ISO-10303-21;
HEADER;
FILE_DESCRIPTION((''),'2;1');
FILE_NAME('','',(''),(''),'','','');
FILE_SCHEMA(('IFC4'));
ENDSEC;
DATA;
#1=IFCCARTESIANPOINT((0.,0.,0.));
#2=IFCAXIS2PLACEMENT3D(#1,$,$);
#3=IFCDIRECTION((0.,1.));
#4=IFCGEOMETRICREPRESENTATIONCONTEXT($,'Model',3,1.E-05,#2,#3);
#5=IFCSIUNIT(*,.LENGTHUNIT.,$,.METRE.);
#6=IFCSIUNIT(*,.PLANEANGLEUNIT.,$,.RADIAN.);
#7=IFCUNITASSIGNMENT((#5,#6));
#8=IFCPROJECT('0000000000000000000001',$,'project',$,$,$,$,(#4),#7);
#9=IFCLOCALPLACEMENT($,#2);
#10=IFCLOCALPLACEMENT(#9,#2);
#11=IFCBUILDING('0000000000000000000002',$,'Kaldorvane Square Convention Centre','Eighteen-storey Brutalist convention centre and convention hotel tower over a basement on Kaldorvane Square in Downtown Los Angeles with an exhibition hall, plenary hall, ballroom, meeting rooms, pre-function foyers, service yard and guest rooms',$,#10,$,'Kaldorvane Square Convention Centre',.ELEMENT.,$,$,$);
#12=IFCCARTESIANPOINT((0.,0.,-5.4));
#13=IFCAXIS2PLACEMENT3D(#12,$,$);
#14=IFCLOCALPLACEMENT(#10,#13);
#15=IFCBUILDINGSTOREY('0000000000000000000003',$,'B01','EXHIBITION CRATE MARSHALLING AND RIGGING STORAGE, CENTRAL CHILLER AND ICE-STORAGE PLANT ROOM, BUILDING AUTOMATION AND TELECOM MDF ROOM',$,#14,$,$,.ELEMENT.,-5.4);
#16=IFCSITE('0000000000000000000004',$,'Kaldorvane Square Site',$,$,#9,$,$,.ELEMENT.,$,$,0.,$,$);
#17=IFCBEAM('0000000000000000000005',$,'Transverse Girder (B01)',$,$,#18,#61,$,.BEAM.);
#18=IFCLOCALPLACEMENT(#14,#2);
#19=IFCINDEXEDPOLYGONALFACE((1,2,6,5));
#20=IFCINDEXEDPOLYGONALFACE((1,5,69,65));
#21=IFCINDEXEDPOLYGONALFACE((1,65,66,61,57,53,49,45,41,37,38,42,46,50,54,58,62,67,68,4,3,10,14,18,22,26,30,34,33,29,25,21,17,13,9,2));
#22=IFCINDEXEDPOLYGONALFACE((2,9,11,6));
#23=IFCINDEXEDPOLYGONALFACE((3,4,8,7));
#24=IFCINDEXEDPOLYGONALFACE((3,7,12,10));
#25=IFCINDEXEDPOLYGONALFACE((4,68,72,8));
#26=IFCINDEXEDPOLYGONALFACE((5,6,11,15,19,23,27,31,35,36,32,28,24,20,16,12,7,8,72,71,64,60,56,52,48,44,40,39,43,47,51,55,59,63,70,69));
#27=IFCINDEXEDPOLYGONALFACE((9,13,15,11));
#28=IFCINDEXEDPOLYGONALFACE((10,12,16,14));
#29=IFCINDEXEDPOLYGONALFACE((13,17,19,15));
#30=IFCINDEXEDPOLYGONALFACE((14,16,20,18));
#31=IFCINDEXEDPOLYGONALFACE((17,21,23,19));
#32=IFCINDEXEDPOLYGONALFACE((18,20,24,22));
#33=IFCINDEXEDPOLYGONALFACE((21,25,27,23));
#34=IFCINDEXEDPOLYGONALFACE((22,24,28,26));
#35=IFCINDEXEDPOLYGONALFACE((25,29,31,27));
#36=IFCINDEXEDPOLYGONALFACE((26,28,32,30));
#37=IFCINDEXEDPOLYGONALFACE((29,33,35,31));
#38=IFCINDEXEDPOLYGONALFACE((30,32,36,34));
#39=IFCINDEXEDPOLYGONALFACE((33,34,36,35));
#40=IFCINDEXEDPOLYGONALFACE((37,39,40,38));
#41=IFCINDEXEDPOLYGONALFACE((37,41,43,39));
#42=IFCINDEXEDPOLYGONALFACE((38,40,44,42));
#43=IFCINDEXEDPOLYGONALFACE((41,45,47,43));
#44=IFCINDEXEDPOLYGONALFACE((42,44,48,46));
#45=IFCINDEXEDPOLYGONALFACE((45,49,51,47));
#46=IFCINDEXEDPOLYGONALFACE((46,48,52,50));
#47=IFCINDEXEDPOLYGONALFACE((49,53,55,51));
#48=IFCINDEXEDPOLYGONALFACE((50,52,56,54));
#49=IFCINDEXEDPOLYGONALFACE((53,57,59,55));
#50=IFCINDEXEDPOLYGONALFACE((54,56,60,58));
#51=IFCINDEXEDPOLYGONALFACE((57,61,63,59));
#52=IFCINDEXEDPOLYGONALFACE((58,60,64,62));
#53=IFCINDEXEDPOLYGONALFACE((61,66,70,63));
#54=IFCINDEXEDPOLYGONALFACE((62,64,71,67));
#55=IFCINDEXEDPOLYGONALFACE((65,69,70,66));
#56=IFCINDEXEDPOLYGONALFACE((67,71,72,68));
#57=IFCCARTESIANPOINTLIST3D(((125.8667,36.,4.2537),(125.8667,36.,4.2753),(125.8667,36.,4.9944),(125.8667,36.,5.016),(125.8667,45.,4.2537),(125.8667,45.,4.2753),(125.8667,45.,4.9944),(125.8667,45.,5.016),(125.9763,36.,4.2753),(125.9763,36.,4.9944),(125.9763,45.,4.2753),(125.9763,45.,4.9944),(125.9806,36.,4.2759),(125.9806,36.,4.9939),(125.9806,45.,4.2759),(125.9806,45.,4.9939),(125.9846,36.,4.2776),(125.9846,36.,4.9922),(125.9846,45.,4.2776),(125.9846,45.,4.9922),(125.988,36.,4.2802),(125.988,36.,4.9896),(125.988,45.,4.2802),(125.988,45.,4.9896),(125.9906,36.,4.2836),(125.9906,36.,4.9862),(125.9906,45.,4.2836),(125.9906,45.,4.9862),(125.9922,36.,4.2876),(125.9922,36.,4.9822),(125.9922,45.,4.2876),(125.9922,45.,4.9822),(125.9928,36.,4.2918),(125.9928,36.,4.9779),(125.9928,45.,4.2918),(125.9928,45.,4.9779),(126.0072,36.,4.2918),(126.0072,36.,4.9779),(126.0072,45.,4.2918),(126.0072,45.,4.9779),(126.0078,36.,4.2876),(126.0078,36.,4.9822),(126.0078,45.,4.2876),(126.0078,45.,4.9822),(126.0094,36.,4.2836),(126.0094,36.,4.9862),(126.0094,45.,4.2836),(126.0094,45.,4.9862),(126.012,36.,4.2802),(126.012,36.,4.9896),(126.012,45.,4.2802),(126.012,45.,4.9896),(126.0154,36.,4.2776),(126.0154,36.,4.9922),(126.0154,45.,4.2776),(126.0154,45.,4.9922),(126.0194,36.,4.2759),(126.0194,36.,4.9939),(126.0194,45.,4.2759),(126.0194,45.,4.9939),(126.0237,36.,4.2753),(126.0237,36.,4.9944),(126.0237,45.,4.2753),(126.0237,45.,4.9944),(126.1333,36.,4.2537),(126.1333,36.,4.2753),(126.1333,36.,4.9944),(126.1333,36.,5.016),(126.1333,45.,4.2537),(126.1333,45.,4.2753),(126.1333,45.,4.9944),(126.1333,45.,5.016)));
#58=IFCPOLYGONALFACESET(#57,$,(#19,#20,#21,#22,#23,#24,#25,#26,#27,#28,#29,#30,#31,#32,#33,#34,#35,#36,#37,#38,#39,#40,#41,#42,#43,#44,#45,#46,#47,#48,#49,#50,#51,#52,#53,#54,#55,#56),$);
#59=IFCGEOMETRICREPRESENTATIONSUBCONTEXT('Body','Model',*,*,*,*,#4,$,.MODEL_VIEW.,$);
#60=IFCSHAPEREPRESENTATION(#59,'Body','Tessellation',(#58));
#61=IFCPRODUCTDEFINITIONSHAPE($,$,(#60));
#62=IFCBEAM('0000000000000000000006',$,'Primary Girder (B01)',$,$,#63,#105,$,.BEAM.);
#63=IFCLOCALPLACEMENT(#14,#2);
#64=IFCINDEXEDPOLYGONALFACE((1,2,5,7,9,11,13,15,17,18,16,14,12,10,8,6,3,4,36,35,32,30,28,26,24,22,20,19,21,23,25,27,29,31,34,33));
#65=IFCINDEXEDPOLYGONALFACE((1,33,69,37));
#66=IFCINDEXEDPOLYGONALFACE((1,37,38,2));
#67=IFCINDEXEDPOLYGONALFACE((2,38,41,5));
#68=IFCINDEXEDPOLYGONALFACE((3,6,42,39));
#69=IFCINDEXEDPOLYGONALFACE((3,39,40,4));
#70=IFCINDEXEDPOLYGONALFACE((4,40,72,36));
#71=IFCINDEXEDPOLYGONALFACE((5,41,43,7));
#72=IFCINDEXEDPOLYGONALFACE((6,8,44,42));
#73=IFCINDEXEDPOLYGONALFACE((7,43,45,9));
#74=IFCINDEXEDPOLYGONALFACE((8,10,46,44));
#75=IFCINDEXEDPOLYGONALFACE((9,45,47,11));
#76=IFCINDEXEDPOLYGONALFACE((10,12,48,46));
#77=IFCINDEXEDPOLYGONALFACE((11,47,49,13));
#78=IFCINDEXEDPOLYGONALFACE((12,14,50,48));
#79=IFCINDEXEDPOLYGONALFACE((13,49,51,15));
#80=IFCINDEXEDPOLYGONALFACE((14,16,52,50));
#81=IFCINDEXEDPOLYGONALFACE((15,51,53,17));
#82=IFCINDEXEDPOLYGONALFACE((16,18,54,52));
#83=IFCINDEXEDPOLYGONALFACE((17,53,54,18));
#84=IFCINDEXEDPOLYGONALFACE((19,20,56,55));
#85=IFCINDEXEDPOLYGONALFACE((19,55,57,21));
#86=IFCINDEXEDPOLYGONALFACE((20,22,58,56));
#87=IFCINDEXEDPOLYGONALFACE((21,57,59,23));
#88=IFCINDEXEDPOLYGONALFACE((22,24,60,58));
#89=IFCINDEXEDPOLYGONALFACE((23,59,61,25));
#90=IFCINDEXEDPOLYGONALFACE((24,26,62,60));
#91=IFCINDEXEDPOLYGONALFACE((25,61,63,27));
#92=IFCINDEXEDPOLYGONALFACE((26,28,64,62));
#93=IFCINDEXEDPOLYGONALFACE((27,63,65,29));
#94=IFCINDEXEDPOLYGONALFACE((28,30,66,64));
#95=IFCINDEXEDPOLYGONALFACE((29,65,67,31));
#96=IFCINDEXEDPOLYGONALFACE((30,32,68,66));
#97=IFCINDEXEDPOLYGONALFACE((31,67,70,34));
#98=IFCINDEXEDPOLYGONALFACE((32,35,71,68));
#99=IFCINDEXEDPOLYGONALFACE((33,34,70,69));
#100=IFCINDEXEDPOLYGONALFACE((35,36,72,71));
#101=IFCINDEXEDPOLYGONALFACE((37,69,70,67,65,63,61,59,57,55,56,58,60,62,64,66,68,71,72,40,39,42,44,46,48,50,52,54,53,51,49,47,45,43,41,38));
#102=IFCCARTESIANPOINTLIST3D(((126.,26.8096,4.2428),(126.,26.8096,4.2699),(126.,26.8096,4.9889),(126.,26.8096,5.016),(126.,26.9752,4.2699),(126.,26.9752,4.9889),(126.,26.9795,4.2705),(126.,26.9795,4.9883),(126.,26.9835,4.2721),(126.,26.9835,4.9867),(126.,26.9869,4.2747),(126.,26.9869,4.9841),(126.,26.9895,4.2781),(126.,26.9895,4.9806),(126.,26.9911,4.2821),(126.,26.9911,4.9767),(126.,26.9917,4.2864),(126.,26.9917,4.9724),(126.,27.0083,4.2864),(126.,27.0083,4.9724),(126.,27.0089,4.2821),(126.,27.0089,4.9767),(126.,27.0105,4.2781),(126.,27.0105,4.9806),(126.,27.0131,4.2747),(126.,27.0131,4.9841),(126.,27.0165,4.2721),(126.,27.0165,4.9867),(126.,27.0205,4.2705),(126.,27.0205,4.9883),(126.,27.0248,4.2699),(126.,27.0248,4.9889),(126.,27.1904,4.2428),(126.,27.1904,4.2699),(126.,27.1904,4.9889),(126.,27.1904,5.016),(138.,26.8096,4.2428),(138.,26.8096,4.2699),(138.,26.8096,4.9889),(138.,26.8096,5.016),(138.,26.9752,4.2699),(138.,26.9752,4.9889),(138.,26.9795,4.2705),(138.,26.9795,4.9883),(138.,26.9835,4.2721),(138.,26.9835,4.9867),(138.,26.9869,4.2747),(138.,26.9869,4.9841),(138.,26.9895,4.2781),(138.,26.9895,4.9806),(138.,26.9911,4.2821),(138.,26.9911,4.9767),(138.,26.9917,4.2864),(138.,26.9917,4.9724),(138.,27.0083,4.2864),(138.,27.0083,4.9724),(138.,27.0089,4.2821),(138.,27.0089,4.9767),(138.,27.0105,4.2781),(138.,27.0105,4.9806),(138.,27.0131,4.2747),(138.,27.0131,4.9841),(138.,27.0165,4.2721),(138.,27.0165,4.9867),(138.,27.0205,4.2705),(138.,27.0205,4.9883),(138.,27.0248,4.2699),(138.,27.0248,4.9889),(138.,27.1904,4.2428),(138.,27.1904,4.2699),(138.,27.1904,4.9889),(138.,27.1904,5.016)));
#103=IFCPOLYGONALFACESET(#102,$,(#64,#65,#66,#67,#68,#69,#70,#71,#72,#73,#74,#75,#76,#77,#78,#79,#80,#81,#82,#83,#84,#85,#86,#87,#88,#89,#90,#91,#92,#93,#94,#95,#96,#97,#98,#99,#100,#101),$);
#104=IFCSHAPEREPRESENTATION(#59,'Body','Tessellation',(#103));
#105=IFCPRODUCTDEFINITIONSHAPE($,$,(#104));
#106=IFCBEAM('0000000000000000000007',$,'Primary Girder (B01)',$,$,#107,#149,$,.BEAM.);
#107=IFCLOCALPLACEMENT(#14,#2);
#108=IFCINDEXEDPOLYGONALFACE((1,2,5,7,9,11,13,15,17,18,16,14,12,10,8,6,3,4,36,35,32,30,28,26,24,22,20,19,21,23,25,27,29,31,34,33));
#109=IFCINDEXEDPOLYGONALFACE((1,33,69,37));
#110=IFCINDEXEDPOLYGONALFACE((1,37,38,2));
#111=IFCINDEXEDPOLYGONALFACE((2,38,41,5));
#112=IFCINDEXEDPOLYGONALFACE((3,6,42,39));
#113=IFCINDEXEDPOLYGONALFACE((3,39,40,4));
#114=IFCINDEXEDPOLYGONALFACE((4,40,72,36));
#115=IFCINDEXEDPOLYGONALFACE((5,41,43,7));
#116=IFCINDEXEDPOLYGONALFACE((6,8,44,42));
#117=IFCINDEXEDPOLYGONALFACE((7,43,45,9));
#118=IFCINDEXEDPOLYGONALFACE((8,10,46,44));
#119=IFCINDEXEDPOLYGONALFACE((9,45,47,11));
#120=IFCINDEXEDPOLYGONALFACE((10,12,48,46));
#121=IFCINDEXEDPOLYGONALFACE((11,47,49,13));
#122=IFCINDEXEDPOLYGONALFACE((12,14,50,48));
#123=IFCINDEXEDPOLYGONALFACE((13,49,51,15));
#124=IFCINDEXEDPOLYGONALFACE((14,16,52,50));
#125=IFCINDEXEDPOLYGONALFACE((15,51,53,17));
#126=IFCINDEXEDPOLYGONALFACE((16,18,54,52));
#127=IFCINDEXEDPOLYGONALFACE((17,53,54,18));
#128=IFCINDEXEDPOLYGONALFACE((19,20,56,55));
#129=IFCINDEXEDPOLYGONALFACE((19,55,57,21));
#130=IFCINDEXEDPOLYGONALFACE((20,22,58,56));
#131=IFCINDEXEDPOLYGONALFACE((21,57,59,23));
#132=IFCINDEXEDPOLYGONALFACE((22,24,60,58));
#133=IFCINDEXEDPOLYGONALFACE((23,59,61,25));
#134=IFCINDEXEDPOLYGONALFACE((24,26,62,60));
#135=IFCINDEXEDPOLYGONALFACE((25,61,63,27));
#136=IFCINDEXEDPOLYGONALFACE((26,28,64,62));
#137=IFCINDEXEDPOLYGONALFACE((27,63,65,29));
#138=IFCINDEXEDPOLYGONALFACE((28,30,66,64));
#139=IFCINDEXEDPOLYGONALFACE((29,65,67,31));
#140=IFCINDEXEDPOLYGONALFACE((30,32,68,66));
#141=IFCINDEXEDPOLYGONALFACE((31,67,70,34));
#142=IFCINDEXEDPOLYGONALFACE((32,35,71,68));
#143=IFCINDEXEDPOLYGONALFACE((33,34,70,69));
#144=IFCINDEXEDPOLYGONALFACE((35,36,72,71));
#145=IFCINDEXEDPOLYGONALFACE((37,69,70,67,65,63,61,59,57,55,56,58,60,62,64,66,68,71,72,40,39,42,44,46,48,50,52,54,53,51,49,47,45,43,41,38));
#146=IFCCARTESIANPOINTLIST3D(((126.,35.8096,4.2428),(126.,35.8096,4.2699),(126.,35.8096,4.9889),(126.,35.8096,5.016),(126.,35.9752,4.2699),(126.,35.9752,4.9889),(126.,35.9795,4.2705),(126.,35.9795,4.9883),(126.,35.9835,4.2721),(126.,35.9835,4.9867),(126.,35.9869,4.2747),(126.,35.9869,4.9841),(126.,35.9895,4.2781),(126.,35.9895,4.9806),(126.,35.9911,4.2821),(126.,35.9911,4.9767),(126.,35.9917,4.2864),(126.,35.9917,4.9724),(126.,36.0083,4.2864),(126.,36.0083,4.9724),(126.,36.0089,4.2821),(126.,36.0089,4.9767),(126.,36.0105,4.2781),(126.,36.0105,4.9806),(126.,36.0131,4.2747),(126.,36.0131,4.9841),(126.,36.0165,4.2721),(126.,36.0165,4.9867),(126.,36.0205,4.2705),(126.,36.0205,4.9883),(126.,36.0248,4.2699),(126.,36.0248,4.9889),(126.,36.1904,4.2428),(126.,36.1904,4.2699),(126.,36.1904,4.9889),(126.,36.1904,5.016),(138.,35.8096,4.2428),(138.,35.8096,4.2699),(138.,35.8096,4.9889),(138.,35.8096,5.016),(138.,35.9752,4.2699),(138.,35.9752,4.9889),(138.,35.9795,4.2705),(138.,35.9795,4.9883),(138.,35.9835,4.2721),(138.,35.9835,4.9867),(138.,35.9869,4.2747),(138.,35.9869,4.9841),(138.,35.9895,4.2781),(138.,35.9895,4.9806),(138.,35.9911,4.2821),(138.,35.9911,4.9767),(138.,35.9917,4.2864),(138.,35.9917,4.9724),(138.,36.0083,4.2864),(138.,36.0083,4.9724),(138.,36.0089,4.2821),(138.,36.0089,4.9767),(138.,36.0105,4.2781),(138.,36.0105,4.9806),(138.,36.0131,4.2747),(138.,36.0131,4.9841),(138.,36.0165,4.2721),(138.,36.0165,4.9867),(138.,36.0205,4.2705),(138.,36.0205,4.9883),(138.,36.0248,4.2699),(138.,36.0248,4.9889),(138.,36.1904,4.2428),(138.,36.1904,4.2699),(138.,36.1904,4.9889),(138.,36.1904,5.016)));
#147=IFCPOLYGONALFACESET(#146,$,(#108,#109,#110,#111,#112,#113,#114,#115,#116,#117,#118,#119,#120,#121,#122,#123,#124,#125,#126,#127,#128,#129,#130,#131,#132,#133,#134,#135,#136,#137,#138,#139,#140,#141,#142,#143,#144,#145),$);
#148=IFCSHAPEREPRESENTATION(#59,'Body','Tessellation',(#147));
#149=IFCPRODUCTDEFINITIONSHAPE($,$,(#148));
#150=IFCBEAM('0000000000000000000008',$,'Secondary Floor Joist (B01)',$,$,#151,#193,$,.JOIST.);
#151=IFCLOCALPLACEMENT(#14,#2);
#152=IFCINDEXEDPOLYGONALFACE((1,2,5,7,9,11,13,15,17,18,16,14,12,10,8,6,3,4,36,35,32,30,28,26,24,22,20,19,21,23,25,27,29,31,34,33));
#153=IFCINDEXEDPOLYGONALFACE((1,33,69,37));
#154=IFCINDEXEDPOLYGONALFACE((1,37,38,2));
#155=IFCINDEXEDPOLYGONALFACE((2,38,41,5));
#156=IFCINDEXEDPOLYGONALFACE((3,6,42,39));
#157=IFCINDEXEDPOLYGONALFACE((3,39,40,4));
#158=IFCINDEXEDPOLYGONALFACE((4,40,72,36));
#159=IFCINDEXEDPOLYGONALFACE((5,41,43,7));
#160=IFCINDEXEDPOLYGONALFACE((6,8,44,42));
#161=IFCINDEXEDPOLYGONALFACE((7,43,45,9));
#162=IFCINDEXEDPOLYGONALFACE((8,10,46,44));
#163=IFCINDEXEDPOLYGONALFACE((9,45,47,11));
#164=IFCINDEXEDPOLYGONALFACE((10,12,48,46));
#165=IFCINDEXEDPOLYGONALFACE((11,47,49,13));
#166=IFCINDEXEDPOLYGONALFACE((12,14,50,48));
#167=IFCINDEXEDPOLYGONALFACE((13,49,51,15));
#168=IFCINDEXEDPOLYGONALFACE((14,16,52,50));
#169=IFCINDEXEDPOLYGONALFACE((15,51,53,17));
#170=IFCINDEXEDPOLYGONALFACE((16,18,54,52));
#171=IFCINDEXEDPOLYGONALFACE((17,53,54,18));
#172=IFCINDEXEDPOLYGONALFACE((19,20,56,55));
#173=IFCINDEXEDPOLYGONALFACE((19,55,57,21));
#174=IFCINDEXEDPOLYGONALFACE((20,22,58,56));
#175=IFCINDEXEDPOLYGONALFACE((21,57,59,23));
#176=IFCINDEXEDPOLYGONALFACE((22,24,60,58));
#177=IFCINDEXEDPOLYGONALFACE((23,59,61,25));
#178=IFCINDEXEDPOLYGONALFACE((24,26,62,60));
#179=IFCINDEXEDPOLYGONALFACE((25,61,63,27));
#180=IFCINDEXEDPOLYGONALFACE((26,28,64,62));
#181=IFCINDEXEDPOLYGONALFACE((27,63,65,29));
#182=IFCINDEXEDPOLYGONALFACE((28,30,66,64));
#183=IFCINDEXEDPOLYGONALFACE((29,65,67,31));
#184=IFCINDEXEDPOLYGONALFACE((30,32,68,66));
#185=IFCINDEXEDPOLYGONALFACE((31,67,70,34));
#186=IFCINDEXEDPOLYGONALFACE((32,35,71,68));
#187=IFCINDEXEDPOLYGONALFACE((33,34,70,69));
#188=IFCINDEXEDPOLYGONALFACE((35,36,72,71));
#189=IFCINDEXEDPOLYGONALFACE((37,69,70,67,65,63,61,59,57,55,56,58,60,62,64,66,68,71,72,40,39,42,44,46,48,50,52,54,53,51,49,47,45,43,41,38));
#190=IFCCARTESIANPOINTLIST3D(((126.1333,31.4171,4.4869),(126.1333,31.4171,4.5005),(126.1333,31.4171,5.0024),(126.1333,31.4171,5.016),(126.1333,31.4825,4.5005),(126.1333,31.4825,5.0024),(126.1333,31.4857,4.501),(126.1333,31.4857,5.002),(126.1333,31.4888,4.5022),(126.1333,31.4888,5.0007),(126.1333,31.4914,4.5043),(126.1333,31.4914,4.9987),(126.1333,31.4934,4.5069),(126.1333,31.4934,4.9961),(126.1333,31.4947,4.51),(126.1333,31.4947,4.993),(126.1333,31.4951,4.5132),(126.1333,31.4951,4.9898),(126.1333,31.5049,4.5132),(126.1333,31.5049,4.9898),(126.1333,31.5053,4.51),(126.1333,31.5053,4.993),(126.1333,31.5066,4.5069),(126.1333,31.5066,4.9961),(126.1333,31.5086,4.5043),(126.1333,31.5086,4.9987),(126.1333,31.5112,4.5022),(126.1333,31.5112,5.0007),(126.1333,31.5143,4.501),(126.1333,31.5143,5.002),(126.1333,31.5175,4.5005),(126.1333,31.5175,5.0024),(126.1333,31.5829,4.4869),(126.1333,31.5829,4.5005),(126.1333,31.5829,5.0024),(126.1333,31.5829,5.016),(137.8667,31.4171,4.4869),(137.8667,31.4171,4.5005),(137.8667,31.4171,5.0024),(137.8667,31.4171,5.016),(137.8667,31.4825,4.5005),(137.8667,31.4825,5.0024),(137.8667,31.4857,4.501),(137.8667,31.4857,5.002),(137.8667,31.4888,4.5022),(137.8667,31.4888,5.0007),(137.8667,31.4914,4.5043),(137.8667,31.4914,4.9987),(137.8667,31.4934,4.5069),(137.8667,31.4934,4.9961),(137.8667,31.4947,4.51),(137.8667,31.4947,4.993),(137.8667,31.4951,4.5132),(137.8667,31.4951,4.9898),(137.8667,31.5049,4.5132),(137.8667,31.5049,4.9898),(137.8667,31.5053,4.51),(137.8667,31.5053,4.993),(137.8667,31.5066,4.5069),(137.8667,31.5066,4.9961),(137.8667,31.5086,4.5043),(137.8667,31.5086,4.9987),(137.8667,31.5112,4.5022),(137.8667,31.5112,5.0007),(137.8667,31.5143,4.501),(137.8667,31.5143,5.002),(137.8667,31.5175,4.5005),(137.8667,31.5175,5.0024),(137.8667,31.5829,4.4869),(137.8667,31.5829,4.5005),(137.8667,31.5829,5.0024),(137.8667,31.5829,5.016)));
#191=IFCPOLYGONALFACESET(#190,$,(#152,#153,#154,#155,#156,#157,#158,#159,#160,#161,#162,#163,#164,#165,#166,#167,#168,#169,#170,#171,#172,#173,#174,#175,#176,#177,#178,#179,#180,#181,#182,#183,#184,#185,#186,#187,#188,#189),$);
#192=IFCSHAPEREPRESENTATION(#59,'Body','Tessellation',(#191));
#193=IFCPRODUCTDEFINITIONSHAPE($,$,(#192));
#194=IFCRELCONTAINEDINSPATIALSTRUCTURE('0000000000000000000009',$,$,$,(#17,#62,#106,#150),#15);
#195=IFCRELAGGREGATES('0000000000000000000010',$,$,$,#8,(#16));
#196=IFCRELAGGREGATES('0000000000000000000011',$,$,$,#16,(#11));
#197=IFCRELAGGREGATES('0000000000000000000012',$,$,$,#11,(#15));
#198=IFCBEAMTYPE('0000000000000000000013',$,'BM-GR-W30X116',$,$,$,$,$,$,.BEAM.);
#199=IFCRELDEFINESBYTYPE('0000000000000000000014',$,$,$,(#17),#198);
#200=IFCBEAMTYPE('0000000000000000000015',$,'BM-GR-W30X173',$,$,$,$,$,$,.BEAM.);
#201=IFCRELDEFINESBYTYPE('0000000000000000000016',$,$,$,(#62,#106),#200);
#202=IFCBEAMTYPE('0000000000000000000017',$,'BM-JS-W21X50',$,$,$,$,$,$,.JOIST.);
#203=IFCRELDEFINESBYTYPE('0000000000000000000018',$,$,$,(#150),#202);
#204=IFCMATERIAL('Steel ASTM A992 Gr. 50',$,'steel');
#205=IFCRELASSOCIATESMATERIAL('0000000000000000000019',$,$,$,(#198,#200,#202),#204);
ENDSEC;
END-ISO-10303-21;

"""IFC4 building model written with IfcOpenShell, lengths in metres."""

from ifc_helpers import new_model, si_unit, direction, frame, origin, origin_2d, place, context, subcontext, project, spatial, i_section, extrude, material, material_profile, profile_set, type_object, element, save


model = new_model("IFC4")

# Units and contexts
model_context = context("Model", 3, precision=1e-05, world=origin(), true_north=direction((0.0, 1.0)))
body_context = subcontext(model_context, "Body", "Model", "MODEL_VIEW")
ifc_project = project(units=[si_unit("LENGTHUNIT", "METRE"), si_unit("PLANEANGLEUNIT", "RADIAN")], contexts=[model_context])

# Site, building, storey
site_placement = place(None, origin())
site = spatial("IfcSite", under=ifc_project, at=site_placement, Name="Kaldorvane Square Site", CompositionType="ELEMENT", RefElevation=0.0)
building_placement = place(site_placement, origin())
building = spatial("IfcBuilding", under=site, at=building_placement, Name="Kaldorvane Square Convention Centre", Description="Eighteen-storey Brutalist convention centre and convention hotel tower over a basement on Kaldorvane Square in Downtown Los Angeles with an exhibition hall, plenary hall, ballroom, meeting rooms, pre-function foyers, service yard and guest rooms", LongName="Kaldorvane Square Convention Centre", CompositionType="ELEMENT")
storey_placement = place(building_placement, frame((0.0, 0.0, -5.4)))
storey = spatial("IfcBuildingStorey", under=building, at=storey_placement, Name="B01", Description="EXHIBITION CRATE MARSHALLING AND RIGGING STORAGE, CENTRAL CHILLER AND ICE-STORAGE PLANT ROOM, BUILDING AUTOMATION AND TELECOM MDF ROOM", CompositionType="ELEMENT", Elevation=-5.4)

# Shared definitions
ifc_material_1 = material(Name="Steel ASTM A992 Gr. 50", Category="steel")

# Beams
ifc_material_profile_1 = material_profile(ifc_material_1, i_section(OverallWidth=0.2666, OverallDepth=0.7623, WebThickness=0.0144, FlangeThickness=0.0216, FilletRadius=0.0165, at=origin_2d()), Name="W30X116")
ifc_profile_set_1 = profile_set([ifc_material_profile_1], Name="Steel ASTM A992 Gr. 50")
beam_type_1 = type_object("IfcBeamType", Name="BM-GR-W30X116", PredefinedType="BEAM", material=ifc_profile_set_1)
for number, where, z_axis, x_axis, name in (
    (1, (126.0, 36.0, 4.6349), (0.0, 1.0, 0.0), (-1.0, 0.0, 0.0), "Transverse Girder (B01)"),
):
    element("IfcBeam", number, at=place(storey_placement, frame(where, z_axis=z_axis, x_axis=x_axis)), inside=storey, type_object=beam_type_1, Name=name, PredefinedType="BEAM", context=body_context, shape_type="SweptSolid", body=[
        extrude(i_section(OverallWidth=0.2666, OverallDepth=0.7623, WebThickness=0.0144, FlangeThickness=0.0216, FilletRadius=0.0165, at=origin_2d()), origin(), (0.0, 0.0, 1.0), 9.0),
    ])
ifc_material_profile_2 = material_profile(ifc_material_1, i_section(OverallWidth=0.3807, OverallDepth=0.7732, WebThickness=0.0166, FlangeThickness=0.0271, FilletRadius=0.0165, at=origin_2d()), Name="W30X173")
ifc_profile_set_2 = profile_set([ifc_material_profile_2], Name="Steel ASTM A992 Gr. 50")
beam_type_2 = type_object("IfcBeamType", Name="BM-GR-W30X173", PredefinedType="BEAM", material=ifc_profile_set_2)
for number, where, z_axis, x_axis, name in (
    (2, (126.0, 27.0, 4.6294), (1.0, 0.0, 0.0), (0.0, 1.0, 0.0), "Primary Girder (B01)"),
    (3, (126.0, 36.0, 4.6294), (1.0, 0.0, 0.0), (0.0, 1.0, 0.0), "Primary Girder (B01)"),
):
    element("IfcBeam", number, at=place(storey_placement, frame(where, z_axis=z_axis, x_axis=x_axis)), inside=storey, type_object=beam_type_2, Name=name, PredefinedType="BEAM", context=body_context, shape_type="SweptSolid", body=[
        extrude(i_section(OverallWidth=0.3807, OverallDepth=0.7732, WebThickness=0.0166, FlangeThickness=0.0271, FilletRadius=0.0165, at=origin_2d()), origin(), (0.0, 0.0, 1.0), 12.0),
    ])
ifc_material_profile_3 = material_profile(ifc_material_1, i_section(OverallWidth=0.1659, OverallDepth=0.5291, WebThickness=0.0097, FlangeThickness=0.0136, FilletRadius=0.0127, at=origin_2d()), Name="W21X50")
ifc_profile_set_3 = profile_set([ifc_material_profile_3], Name="Steel ASTM A992 Gr. 50")
beam_type_3 = type_object("IfcBeamType", Name="BM-JS-W21X50", PredefinedType="JOIST", material=ifc_profile_set_3)
beam_placement = place(storey_placement, frame((126.1333, 31.5, 4.7515), z_axis=(1.0, 0.0, 0.0), x_axis=(0.0, 1.0, 0.0)))
element("IfcBeam", 4, at=beam_placement, inside=storey, type_object=beam_type_3, Name="Secondary Floor Joist (B01)", PredefinedType="JOIST", context=body_context, shape_type="SweptSolid", body=[
    extrude(i_section(OverallWidth=0.1659, OverallDepth=0.5291, WebThickness=0.0097, FlangeThickness=0.0136, FilletRadius=0.0127, at=origin_2d()), origin(), (0.0, 0.0, 1.0), 11.7334),
])

save(model, "model.ifc")
